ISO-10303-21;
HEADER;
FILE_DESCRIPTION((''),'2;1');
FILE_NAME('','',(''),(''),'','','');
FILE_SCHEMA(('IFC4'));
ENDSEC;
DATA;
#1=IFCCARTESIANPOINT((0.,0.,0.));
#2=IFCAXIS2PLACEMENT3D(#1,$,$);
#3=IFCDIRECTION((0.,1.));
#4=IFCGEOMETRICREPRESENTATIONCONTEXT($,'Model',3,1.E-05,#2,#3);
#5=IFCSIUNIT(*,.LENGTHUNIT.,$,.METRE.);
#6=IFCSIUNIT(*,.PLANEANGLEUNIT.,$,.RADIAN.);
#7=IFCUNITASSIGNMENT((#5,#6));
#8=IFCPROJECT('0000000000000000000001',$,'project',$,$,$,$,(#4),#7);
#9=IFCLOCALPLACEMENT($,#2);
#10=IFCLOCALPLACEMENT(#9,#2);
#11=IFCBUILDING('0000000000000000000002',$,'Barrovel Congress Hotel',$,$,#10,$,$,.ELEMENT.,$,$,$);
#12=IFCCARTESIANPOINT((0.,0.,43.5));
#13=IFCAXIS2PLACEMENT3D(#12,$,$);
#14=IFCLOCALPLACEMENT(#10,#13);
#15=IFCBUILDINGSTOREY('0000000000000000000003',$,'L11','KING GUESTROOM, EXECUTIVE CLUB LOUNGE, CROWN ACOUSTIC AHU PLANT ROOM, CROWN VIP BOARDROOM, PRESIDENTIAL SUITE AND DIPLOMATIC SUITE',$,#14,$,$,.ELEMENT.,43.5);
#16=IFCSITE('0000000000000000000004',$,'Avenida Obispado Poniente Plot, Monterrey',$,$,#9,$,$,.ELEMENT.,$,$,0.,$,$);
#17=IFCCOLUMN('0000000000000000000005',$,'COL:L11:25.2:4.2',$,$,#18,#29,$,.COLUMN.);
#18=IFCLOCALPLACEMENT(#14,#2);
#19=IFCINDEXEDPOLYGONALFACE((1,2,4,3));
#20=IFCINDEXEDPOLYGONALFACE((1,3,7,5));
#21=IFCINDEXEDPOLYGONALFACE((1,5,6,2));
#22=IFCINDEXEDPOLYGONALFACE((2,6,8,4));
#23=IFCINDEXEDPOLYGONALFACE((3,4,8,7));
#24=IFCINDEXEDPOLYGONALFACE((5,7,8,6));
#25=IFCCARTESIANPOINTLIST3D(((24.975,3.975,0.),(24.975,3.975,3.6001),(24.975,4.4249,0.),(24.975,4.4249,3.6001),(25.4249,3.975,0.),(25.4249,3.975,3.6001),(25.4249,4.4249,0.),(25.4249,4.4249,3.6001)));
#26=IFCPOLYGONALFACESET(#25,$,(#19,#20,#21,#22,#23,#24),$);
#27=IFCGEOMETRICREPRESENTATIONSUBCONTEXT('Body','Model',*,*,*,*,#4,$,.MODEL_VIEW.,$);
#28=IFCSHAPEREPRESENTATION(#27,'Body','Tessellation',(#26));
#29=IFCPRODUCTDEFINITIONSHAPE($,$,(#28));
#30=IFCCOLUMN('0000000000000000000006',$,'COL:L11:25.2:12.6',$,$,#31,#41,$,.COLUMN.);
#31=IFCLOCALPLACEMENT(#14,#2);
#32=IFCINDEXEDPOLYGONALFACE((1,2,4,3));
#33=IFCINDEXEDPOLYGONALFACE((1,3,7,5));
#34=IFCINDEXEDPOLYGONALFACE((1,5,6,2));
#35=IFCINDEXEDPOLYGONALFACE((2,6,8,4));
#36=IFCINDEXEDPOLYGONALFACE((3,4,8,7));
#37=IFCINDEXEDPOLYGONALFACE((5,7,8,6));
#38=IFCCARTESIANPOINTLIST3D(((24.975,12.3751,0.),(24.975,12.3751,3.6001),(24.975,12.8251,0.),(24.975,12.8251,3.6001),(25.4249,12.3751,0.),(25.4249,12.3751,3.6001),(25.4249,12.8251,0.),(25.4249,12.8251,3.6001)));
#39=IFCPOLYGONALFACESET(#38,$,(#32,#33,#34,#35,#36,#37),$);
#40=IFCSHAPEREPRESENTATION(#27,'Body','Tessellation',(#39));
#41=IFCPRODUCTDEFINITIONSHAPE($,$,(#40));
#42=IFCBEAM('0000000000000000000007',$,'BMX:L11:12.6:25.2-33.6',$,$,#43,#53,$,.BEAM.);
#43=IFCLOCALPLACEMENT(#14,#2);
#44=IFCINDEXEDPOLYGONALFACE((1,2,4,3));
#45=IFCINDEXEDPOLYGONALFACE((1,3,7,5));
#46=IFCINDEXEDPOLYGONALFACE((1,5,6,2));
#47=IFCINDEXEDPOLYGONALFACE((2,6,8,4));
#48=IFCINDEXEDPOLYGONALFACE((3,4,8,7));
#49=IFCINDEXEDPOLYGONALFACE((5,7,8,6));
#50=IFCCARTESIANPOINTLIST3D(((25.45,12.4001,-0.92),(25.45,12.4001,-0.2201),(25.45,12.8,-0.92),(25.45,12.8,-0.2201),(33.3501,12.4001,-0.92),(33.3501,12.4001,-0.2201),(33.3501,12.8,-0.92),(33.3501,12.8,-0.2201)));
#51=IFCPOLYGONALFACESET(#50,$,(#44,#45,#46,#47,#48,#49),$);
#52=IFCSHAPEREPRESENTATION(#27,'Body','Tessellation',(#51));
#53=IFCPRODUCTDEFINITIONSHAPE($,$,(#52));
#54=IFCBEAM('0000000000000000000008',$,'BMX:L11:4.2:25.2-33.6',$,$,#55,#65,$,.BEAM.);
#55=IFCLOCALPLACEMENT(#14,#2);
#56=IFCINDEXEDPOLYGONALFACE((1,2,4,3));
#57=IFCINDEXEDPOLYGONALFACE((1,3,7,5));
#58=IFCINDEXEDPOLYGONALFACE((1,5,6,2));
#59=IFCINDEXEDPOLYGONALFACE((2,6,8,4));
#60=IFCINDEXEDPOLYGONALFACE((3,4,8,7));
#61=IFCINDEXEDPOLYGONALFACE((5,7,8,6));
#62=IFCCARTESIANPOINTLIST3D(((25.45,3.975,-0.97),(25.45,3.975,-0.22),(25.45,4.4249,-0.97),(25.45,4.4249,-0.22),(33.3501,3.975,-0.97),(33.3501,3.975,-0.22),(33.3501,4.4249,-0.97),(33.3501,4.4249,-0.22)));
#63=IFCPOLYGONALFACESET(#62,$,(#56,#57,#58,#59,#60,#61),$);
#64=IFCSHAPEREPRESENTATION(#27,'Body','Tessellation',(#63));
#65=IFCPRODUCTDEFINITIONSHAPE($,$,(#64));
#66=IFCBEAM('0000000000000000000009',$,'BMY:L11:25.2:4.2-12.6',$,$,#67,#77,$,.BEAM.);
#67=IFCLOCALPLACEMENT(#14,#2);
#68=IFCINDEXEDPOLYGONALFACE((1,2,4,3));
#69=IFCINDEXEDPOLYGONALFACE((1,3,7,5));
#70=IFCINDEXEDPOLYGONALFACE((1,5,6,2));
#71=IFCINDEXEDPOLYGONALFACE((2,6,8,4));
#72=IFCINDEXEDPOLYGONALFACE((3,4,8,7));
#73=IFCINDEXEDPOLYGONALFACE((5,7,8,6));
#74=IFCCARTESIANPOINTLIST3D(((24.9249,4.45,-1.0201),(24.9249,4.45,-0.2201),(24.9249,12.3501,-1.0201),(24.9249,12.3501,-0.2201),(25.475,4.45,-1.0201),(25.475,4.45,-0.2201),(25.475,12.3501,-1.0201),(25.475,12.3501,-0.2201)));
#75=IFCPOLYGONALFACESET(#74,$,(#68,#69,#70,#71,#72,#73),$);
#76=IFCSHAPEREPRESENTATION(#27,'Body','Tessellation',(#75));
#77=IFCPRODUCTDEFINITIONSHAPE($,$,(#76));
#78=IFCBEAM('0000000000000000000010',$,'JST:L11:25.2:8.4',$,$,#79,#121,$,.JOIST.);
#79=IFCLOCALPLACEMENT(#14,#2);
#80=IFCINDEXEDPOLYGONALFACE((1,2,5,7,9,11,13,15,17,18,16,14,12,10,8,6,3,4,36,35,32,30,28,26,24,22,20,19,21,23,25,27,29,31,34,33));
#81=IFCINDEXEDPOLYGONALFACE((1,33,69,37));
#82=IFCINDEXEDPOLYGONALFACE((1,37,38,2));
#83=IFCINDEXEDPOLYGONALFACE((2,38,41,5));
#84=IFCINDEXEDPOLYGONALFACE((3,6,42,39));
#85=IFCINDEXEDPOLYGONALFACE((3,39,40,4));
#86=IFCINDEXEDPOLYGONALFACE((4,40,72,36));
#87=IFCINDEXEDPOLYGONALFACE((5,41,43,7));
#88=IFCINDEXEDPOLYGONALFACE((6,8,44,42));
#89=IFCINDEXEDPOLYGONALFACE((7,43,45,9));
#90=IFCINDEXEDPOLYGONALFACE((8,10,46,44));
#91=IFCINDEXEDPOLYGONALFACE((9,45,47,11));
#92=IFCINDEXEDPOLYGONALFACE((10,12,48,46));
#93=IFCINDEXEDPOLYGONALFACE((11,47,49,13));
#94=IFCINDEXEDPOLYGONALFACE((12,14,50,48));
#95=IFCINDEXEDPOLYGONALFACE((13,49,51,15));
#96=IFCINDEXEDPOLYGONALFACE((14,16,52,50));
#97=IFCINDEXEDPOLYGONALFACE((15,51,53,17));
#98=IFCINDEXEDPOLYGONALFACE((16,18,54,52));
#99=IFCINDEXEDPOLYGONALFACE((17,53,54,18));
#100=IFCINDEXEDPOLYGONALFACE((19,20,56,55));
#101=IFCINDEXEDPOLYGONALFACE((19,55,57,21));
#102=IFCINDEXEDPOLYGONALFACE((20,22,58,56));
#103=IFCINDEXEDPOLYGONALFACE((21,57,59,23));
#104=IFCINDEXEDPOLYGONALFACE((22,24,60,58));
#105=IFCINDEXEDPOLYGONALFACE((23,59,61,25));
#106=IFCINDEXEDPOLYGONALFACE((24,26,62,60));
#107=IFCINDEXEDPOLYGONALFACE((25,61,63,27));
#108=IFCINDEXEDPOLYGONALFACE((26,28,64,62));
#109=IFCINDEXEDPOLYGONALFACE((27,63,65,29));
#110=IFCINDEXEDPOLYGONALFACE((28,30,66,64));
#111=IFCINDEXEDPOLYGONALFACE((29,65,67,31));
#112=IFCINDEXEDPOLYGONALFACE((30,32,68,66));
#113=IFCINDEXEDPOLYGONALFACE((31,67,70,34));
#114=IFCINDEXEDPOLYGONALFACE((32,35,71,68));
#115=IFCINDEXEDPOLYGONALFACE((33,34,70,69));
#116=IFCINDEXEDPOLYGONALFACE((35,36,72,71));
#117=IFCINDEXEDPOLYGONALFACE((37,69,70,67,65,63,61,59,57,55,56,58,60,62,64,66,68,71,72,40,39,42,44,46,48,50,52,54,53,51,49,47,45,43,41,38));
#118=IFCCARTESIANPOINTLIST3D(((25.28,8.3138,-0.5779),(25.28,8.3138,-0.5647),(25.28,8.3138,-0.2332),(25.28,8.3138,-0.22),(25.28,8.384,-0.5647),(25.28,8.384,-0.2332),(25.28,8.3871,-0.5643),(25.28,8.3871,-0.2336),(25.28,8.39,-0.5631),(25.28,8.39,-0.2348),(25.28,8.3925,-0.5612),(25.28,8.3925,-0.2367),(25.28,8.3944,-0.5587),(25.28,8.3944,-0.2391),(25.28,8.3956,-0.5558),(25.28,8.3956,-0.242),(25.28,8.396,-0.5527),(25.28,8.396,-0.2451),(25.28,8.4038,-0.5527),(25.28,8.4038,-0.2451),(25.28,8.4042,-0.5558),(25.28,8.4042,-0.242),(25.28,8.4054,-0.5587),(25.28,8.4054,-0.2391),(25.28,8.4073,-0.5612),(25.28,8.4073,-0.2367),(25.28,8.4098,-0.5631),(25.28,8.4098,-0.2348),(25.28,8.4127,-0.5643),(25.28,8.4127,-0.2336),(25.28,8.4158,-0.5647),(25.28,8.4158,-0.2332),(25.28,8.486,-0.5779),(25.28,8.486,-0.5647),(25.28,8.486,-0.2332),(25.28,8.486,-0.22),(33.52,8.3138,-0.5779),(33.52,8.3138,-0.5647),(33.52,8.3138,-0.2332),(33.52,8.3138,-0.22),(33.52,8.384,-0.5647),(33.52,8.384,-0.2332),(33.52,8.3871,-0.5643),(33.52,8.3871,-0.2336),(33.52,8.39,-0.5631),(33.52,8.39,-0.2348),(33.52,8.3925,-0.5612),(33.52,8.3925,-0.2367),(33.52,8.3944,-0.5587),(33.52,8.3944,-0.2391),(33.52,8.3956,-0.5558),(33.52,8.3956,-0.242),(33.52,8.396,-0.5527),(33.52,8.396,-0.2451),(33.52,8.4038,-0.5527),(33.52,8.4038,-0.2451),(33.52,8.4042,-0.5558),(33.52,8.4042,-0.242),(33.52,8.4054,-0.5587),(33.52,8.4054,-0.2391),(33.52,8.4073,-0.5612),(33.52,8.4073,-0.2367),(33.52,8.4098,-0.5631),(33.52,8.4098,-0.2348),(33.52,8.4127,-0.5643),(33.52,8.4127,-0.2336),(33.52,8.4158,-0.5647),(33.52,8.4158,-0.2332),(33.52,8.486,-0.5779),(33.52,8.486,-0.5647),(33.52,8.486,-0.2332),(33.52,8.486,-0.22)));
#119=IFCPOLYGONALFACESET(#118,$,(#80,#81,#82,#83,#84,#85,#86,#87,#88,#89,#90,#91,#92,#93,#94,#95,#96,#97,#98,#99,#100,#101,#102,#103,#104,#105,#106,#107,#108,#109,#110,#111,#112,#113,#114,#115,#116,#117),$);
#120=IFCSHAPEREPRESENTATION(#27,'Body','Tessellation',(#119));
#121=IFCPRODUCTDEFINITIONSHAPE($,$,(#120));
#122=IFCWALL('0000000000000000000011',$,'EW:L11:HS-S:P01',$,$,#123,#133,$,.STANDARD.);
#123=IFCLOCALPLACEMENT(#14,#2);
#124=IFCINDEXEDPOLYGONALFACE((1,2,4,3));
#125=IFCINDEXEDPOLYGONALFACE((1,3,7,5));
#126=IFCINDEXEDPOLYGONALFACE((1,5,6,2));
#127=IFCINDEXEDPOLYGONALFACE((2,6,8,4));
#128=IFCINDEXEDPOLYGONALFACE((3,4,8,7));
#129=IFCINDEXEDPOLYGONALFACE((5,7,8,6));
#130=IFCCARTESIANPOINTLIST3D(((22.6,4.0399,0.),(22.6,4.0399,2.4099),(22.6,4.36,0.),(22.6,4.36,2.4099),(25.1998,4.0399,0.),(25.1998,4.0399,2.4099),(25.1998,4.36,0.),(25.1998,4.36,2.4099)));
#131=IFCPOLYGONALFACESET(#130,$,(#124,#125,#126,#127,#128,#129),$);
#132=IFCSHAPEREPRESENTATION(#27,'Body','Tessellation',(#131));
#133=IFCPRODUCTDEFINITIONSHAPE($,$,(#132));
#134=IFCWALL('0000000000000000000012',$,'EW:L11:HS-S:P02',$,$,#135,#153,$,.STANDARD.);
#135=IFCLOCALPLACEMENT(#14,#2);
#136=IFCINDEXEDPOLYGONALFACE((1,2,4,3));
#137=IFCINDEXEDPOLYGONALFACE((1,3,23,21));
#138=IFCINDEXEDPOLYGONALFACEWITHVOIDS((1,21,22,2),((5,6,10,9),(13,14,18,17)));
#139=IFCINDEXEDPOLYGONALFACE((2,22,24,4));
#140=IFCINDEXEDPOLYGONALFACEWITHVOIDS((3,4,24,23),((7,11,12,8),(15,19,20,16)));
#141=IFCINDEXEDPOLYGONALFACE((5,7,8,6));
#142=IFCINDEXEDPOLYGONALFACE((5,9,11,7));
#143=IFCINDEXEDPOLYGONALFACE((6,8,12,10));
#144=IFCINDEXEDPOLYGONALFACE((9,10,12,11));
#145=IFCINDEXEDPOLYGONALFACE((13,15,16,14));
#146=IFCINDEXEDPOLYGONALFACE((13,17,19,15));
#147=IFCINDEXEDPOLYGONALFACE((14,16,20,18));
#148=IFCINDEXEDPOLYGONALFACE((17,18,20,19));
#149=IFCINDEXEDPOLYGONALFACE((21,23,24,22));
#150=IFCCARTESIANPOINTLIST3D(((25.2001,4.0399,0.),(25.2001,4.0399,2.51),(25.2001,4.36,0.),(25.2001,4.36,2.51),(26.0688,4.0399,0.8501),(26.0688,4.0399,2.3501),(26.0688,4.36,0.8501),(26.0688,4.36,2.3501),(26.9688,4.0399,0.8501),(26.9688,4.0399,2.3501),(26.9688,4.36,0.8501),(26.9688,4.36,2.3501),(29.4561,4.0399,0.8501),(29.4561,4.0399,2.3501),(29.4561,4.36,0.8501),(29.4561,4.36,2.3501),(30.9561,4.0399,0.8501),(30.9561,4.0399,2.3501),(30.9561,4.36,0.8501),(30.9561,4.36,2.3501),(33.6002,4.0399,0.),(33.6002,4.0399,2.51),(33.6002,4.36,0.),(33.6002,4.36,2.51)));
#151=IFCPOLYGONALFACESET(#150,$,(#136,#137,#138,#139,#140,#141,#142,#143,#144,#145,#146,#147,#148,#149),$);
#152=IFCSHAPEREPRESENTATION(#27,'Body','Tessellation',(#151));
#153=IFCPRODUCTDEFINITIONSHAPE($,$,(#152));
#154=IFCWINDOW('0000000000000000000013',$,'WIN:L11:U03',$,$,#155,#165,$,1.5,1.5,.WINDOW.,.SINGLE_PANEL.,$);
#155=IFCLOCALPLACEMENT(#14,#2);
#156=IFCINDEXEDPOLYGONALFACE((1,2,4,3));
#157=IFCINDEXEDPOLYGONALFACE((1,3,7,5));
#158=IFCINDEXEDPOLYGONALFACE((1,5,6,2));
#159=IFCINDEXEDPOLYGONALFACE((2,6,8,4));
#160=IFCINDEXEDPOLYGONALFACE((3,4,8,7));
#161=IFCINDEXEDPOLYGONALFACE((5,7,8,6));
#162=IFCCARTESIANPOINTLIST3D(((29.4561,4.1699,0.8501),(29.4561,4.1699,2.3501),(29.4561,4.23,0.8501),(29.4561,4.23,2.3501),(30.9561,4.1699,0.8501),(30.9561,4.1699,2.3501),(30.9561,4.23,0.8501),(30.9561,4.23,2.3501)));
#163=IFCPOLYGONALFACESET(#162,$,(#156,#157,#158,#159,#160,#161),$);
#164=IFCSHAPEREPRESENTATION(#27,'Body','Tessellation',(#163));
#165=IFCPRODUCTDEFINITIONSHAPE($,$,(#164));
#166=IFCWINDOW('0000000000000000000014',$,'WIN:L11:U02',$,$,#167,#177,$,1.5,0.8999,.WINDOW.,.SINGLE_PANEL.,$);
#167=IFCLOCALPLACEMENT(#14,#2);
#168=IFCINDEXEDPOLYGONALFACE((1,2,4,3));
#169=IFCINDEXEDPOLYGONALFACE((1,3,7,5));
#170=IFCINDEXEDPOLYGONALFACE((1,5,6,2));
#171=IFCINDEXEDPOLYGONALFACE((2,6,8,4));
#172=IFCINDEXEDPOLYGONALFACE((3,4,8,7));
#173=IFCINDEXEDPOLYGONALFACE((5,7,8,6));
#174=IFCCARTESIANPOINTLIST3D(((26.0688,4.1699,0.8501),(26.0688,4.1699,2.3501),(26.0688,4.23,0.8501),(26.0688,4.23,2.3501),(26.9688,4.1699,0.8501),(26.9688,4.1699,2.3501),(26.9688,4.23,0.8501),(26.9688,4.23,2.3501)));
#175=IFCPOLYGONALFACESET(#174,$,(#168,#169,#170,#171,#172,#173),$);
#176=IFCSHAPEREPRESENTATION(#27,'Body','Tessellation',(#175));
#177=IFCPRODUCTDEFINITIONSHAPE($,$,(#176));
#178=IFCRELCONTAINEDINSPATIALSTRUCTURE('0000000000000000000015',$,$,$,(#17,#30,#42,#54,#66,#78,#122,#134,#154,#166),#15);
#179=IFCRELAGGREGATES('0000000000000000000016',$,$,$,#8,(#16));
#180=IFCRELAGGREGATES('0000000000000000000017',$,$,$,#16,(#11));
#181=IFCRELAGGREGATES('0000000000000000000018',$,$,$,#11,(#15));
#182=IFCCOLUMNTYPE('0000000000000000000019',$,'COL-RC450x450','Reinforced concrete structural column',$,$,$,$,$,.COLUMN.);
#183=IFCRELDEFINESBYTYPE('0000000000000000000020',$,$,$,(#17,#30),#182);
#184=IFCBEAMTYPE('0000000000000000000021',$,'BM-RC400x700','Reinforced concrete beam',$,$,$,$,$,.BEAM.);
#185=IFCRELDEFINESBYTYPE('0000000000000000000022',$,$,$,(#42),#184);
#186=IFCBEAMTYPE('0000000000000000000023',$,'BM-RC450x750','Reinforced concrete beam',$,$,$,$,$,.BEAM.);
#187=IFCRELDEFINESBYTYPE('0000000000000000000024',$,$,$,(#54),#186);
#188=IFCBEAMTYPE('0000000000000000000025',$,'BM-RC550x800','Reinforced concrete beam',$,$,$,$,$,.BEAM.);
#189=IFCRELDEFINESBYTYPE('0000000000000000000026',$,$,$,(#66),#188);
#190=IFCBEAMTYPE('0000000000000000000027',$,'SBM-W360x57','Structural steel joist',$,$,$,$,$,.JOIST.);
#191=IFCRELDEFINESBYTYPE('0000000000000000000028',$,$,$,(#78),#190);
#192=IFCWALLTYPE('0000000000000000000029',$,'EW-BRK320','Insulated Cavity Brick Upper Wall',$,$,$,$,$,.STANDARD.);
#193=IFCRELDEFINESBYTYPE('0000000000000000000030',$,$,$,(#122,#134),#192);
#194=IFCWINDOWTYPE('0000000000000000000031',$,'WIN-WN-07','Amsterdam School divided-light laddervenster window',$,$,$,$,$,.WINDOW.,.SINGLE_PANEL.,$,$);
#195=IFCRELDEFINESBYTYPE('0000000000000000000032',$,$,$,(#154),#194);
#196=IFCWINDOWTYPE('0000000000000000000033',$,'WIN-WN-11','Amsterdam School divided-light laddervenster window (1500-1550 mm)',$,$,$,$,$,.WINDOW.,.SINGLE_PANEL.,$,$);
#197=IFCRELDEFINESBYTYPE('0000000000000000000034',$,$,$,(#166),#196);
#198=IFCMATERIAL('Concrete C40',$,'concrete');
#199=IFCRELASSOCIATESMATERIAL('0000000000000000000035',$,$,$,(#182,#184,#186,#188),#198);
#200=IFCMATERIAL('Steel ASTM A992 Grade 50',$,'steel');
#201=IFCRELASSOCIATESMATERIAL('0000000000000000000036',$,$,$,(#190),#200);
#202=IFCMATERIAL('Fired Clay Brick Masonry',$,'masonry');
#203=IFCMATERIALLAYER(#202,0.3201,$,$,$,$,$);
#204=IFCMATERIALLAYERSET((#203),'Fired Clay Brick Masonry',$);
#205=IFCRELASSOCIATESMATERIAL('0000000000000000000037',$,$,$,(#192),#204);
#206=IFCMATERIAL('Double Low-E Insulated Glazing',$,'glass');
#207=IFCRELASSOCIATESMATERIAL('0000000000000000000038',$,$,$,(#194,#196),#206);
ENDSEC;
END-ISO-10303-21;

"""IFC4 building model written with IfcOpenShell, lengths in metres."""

from ifc_helpers import new_model, si_unit, direction, frame, frame_2d, origin, origin_2d, place, context, subcontext, project, spatial, rectangle, i_section, extrude, material, layer, layer_set, material_profile, profile_set, type_object, element, fill, save


model = new_model("IFC4")

# Units and contexts
model_context = context("Model", 3, precision=1e-05, world=origin(), true_north=direction((0.0, 1.0)))
body_context = subcontext(model_context, "Body", "Model", "MODEL_VIEW")
ifc_project = project(units=[si_unit("LENGTHUNIT", "METRE"), si_unit("PLANEANGLEUNIT", "RADIAN")], contexts=[model_context])

# Site, building, storey
site_placement = place(None, origin())
site = spatial("IfcSite", under=ifc_project, at=site_placement, Name="Avenida Obispado Poniente Plot, Monterrey", CompositionType="ELEMENT", RefElevation=0.0)
building_placement = place(site_placement, origin())
building = spatial("IfcBuilding", under=site, at=building_placement, Name="Barrovel Congress Hotel", CompositionType="ELEMENT")
storey_placement = place(building_placement, frame((0.0, 0.0, 43.5)))
storey = spatial("IfcBuildingStorey", under=building, at=storey_placement, Name="L11", Description="KING GUESTROOM, EXECUTIVE CLUB LOUNGE, CROWN ACOUSTIC AHU PLANT ROOM, CROWN VIP BOARDROOM, PRESIDENTIAL SUITE AND DIPLOMATIC SUITE", CompositionType="ELEMENT", Elevation=43.5)

# Columns
ifc_material_1 = material(Name="Concrete C40", Category="concrete")
ifc_material_profile_1 = material_profile(ifc_material_1, rectangle(XDim=0.45, YDim=0.45, at=origin_2d()), Name="RC450x450")
ifc_profile_set_1 = profile_set([ifc_material_profile_1], Name="Concrete C40")
column_type = type_object("IfcColumnType", Name="COL-RC450x450", Description="Reinforced concrete structural column", PredefinedType="COLUMN", material=ifc_profile_set_1)
for number, where, z_axis, x_axis, name in (
    (1, (25.2, 4.2, 0.0), (0.0, 0.0, 1.0), (1.0, 0.0, 0.0), "COL:L11:25.2:4.2"),
    (2, (25.2, 12.6001, 0.0), (0.0, 0.0, 1.0), (1.0, 0.0, 0.0), "COL:L11:25.2:12.6"),
):
    element("IfcColumn", number, at=place(storey_placement, frame(where, z_axis=z_axis, x_axis=x_axis)), inside=storey, type_object=column_type, Name=name, PredefinedType="COLUMN", context=body_context, shape_type="SweptSolid", body=[
        extrude(rectangle(XDim=0.45, YDim=0.45, at=origin_2d()), origin(), (0.0, 0.0, 1.0), 3.6001),
    ])

# Beams
ifc_material_profile_2 = material_profile(ifc_material_1, rectangle(XDim=0.3999, YDim=0.7, at=origin_2d()), Name="RC400x700")
ifc_profile_set_2 = profile_set([ifc_material_profile_2], Name="Concrete C40")
beam_type_1 = type_object("IfcBeamType", Name="BM-RC400x700", Description="Reinforced concrete beam", PredefinedType="BEAM", material=ifc_profile_set_2)
beam_1_placement = place(storey_placement, frame((25.45, 12.6001, -0.5701), z_axis=(1.0, 0.0, 0.0), x_axis=(0.0, 1.0, 0.0)))
element("IfcBeam", 3, at=beam_1_placement, inside=storey, type_object=beam_type_1, Name="BMX:L11:12.6:25.2-33.6", PredefinedType="BEAM", context=body_context, shape_type="SweptSolid", body=[
    extrude(rectangle(XDim=0.3999, YDim=0.7, at=origin_2d()), origin(), (0.0, 0.0, 1.0), 7.9001),
])
ifc_material_profile_3 = material_profile(ifc_material_1, rectangle(XDim=0.45, YDim=0.75, at=origin_2d()), Name="RC450x750")
ifc_profile_set_3 = profile_set([ifc_material_profile_3], Name="Concrete C40")
beam_type_2 = type_object("IfcBeamType", Name="BM-RC450x750", Description="Reinforced concrete beam", PredefinedType="BEAM", material=ifc_profile_set_3)
beam_2_placement = place(storey_placement, frame((25.45, 4.2, -0.595), z_axis=(1.0, 0.0, 0.0), x_axis=(0.0, 1.0, 0.0)))
element("IfcBeam", 4, at=beam_2_placement, inside=storey, type_object=beam_type_2, Name="BMX:L11:4.2:25.2-33.6", PredefinedType="BEAM", context=body_context, shape_type="SweptSolid", body=[
    extrude(rectangle(XDim=0.45, YDim=0.75, at=origin_2d()), origin(), (0.0, 0.0, 1.0), 7.9001),
])
ifc_material_profile_4 = material_profile(ifc_material_1, rectangle(XDim=0.55, YDim=0.8, at=origin_2d()), Name="RC550x800")
ifc_profile_set_4 = profile_set([ifc_material_profile_4], Name="Concrete C40")
beam_type_3 = type_object("IfcBeamType", Name="BM-RC550x800", Description="Reinforced concrete beam", PredefinedType="BEAM", material=ifc_profile_set_4)
beam_3_placement = place(storey_placement, frame((25.2, 4.45, -0.6201), z_axis=(0.0, 1.0, 0.0), x_axis=(-1.0, 0.0, 0.0)))
element("IfcBeam", 5, at=beam_3_placement, inside=storey, type_object=beam_type_3, Name="BMY:L11:25.2:4.2-12.6", PredefinedType="BEAM", context=body_context, shape_type="SweptSolid", body=[
    extrude(rectangle(XDim=0.55, YDim=0.8, at=origin_2d()), origin(), (0.0, 0.0, 1.0), 7.9001),
])
ifc_material_2 = material(Name="Steel ASTM A992 Grade 50", Category="steel")
ifc_material_profile_5 = material_profile(ifc_material_2, i_section(OverallWidth=0.1721, OverallDepth=0.3579, WebThickness=0.0078, FlangeThickness=0.0132, FilletRadius=0.012, at=origin_2d()), Name="W360x57")
ifc_profile_set_5 = profile_set([ifc_material_profile_5], Name="Steel ASTM A992 Grade 50")
beam_type_4 = type_object("IfcBeamType", Name="SBM-W360x57", Description="Structural steel joist", PredefinedType="JOIST", material=ifc_profile_set_5)
beam_4_placement = place(storey_placement, frame((25.28, 8.3999, -0.3989), z_axis=(1.0, 0.0, 0.0), x_axis=(0.0, 1.0, 0.0)))
element("IfcBeam", 6, at=beam_4_placement, inside=storey, type_object=beam_type_4, Name="JST:L11:25.2:8.4", PredefinedType="JOIST", context=body_context, shape_type="SweptSolid", body=[
    extrude(i_section(OverallWidth=0.1721, OverallDepth=0.3579, WebThickness=0.0078, FlangeThickness=0.0132, FilletRadius=0.012, at=origin_2d()), origin(), (0.0, 0.0, 1.0), 8.24),
])

# Wall
ifc_material_3 = material(Name="Fired Clay Brick Masonry", Category="masonry")
ifc_layer_1 = layer(ifc_material_3, 0.3201)
ifc_layer_set_1 = layer_set([ifc_layer_1], Name="Fired Clay Brick Masonry")
wall_type_1 = type_object("IfcWallType", Name="EW-BRK320", Description="Insulated Cavity Brick Upper Wall", PredefinedType="STANDARD", material=ifc_layer_set_1)
wall_1_placement = place(storey_placement, frame((22.6001, 4.2, 0.0), z_axis=(0.0, 0.0, 1.0), x_axis=(1.0, 0.0, 0.0)))
element("IfcWall", 7, at=wall_1_placement, inside=storey, type_object=wall_type_1, Name="EW:L11:HS-S:P01", PredefinedType="STANDARD", context=body_context, shape_type="SweptSolid", body=[
    extrude(rectangle(XDim=2.5999, YDim=0.3201, at=frame_2d((1.2998, 0.0))), origin(), (0.0, 0.0, 1.0), 2.4099),
])

# Wall, openings, windows
wall_2_placement = place(storey_placement, frame((25.2, 4.2, 0.0), z_axis=(0.0, 0.0, 1.0), x_axis=(1.0, 0.0, 0.0)))
wall_2 = element("IfcWall", 8, at=wall_2_placement, inside=storey, type_object=wall_type_1, Name="EW:L11:HS-S:P02", PredefinedType="STANDARD", context=body_context, shape_type="SweptSolid", body=[
    extrude(rectangle(XDim=8.4001, YDim=0.3201, at=frame_2d((4.2002, 0.0))), origin(), (0.0, 0.0, 1.0), 2.51),
])
opening_1_placement = place(wall_2_placement, frame((0.8689, 0.0, 0.8501)))
opening_1 = element("IfcOpeningElement", 9, at=opening_1_placement, cuts=wall_2, PredefinedType="OPENING", context=body_context, shape_type="SweptSolid", body=[
    extrude(rectangle(XDim=0.8999, YDim=1.5, at=frame_2d((0.45, 0.75))), frame((0.0, 0.1699, 0.0), z_axis=(0.0, -1.0, 0.0), x_axis=(1.0, 0.0, 0.0)), (0.0, 0.0, 1.0), 0.3401),
])
opening_2_placement = place(wall_2_placement, frame((4.2561, 0.0, 0.8501)))
opening_2 = element("IfcOpeningElement", 10, at=opening_2_placement, cuts=wall_2, PredefinedType="OPENING", context=body_context, shape_type="SweptSolid", body=[
    extrude(rectangle(XDim=1.5, YDim=1.5, at=frame_2d((0.75, 0.75))), frame((0.0, 0.1699, 0.0), z_axis=(0.0, -1.0, 0.0), x_axis=(1.0, 0.0, 0.0)), (0.0, 0.0, 1.0), 0.3401),
])
ifc_material_4 = material(Name="Double Low-E Insulated Glazing", Category="glass")
window_type_1 = type_object("IfcWindowType", Name="WIN-WN-07", Description="Amsterdam School divided-light laddervenster window", PartitioningType="SINGLE_PANEL", PredefinedType="WINDOW", material=ifc_material_4)
window_1_placement = place(opening_2_placement, origin())
window_1 = element("IfcWindow", 11, at=window_1_placement, inside=storey, type_object=window_type_1, Name="WIN:L11:U03", OverallHeight=1.5, OverallWidth=1.5, PartitioningType="SINGLE_PANEL", PredefinedType="WINDOW", context=body_context, shape_type="SweptSolid", body=[
    extrude(rectangle(XDim=1.5, YDim=1.5, at=frame_2d((0.75, 0.75))), frame((0.0, 0.03, 0.0), z_axis=(0.0, -1.0, 0.0), x_axis=(1.0, 0.0, 0.0)), (0.0, 0.0, 1.0), 0.0601),
])
fill(opening_2, window_1)
window_type_2 = type_object("IfcWindowType", Name="WIN-WN-11", Description="Amsterdam School divided-light laddervenster window (1500-1550 mm)", PartitioningType="SINGLE_PANEL", PredefinedType="WINDOW", material=ifc_material_4)
window_2_placement = place(opening_1_placement, origin())
window_2 = element("IfcWindow", 12, at=window_2_placement, inside=storey, type_object=window_type_2, Name="WIN:L11:U02", OverallHeight=1.5, OverallWidth=0.8999, PartitioningType="SINGLE_PANEL", PredefinedType="WINDOW", context=body_context, shape_type="SweptSolid", body=[
    extrude(rectangle(XDim=0.8999, YDim=1.5, at=frame_2d((0.45, 0.75))), frame((0.0, 0.03, 0.0), z_axis=(0.0, -1.0, 0.0), x_axis=(1.0, 0.0, 0.0)), (0.0, 0.0, 1.0), 0.0601),
])
fill(opening_1, window_2)

save(model, "model.ifc")
